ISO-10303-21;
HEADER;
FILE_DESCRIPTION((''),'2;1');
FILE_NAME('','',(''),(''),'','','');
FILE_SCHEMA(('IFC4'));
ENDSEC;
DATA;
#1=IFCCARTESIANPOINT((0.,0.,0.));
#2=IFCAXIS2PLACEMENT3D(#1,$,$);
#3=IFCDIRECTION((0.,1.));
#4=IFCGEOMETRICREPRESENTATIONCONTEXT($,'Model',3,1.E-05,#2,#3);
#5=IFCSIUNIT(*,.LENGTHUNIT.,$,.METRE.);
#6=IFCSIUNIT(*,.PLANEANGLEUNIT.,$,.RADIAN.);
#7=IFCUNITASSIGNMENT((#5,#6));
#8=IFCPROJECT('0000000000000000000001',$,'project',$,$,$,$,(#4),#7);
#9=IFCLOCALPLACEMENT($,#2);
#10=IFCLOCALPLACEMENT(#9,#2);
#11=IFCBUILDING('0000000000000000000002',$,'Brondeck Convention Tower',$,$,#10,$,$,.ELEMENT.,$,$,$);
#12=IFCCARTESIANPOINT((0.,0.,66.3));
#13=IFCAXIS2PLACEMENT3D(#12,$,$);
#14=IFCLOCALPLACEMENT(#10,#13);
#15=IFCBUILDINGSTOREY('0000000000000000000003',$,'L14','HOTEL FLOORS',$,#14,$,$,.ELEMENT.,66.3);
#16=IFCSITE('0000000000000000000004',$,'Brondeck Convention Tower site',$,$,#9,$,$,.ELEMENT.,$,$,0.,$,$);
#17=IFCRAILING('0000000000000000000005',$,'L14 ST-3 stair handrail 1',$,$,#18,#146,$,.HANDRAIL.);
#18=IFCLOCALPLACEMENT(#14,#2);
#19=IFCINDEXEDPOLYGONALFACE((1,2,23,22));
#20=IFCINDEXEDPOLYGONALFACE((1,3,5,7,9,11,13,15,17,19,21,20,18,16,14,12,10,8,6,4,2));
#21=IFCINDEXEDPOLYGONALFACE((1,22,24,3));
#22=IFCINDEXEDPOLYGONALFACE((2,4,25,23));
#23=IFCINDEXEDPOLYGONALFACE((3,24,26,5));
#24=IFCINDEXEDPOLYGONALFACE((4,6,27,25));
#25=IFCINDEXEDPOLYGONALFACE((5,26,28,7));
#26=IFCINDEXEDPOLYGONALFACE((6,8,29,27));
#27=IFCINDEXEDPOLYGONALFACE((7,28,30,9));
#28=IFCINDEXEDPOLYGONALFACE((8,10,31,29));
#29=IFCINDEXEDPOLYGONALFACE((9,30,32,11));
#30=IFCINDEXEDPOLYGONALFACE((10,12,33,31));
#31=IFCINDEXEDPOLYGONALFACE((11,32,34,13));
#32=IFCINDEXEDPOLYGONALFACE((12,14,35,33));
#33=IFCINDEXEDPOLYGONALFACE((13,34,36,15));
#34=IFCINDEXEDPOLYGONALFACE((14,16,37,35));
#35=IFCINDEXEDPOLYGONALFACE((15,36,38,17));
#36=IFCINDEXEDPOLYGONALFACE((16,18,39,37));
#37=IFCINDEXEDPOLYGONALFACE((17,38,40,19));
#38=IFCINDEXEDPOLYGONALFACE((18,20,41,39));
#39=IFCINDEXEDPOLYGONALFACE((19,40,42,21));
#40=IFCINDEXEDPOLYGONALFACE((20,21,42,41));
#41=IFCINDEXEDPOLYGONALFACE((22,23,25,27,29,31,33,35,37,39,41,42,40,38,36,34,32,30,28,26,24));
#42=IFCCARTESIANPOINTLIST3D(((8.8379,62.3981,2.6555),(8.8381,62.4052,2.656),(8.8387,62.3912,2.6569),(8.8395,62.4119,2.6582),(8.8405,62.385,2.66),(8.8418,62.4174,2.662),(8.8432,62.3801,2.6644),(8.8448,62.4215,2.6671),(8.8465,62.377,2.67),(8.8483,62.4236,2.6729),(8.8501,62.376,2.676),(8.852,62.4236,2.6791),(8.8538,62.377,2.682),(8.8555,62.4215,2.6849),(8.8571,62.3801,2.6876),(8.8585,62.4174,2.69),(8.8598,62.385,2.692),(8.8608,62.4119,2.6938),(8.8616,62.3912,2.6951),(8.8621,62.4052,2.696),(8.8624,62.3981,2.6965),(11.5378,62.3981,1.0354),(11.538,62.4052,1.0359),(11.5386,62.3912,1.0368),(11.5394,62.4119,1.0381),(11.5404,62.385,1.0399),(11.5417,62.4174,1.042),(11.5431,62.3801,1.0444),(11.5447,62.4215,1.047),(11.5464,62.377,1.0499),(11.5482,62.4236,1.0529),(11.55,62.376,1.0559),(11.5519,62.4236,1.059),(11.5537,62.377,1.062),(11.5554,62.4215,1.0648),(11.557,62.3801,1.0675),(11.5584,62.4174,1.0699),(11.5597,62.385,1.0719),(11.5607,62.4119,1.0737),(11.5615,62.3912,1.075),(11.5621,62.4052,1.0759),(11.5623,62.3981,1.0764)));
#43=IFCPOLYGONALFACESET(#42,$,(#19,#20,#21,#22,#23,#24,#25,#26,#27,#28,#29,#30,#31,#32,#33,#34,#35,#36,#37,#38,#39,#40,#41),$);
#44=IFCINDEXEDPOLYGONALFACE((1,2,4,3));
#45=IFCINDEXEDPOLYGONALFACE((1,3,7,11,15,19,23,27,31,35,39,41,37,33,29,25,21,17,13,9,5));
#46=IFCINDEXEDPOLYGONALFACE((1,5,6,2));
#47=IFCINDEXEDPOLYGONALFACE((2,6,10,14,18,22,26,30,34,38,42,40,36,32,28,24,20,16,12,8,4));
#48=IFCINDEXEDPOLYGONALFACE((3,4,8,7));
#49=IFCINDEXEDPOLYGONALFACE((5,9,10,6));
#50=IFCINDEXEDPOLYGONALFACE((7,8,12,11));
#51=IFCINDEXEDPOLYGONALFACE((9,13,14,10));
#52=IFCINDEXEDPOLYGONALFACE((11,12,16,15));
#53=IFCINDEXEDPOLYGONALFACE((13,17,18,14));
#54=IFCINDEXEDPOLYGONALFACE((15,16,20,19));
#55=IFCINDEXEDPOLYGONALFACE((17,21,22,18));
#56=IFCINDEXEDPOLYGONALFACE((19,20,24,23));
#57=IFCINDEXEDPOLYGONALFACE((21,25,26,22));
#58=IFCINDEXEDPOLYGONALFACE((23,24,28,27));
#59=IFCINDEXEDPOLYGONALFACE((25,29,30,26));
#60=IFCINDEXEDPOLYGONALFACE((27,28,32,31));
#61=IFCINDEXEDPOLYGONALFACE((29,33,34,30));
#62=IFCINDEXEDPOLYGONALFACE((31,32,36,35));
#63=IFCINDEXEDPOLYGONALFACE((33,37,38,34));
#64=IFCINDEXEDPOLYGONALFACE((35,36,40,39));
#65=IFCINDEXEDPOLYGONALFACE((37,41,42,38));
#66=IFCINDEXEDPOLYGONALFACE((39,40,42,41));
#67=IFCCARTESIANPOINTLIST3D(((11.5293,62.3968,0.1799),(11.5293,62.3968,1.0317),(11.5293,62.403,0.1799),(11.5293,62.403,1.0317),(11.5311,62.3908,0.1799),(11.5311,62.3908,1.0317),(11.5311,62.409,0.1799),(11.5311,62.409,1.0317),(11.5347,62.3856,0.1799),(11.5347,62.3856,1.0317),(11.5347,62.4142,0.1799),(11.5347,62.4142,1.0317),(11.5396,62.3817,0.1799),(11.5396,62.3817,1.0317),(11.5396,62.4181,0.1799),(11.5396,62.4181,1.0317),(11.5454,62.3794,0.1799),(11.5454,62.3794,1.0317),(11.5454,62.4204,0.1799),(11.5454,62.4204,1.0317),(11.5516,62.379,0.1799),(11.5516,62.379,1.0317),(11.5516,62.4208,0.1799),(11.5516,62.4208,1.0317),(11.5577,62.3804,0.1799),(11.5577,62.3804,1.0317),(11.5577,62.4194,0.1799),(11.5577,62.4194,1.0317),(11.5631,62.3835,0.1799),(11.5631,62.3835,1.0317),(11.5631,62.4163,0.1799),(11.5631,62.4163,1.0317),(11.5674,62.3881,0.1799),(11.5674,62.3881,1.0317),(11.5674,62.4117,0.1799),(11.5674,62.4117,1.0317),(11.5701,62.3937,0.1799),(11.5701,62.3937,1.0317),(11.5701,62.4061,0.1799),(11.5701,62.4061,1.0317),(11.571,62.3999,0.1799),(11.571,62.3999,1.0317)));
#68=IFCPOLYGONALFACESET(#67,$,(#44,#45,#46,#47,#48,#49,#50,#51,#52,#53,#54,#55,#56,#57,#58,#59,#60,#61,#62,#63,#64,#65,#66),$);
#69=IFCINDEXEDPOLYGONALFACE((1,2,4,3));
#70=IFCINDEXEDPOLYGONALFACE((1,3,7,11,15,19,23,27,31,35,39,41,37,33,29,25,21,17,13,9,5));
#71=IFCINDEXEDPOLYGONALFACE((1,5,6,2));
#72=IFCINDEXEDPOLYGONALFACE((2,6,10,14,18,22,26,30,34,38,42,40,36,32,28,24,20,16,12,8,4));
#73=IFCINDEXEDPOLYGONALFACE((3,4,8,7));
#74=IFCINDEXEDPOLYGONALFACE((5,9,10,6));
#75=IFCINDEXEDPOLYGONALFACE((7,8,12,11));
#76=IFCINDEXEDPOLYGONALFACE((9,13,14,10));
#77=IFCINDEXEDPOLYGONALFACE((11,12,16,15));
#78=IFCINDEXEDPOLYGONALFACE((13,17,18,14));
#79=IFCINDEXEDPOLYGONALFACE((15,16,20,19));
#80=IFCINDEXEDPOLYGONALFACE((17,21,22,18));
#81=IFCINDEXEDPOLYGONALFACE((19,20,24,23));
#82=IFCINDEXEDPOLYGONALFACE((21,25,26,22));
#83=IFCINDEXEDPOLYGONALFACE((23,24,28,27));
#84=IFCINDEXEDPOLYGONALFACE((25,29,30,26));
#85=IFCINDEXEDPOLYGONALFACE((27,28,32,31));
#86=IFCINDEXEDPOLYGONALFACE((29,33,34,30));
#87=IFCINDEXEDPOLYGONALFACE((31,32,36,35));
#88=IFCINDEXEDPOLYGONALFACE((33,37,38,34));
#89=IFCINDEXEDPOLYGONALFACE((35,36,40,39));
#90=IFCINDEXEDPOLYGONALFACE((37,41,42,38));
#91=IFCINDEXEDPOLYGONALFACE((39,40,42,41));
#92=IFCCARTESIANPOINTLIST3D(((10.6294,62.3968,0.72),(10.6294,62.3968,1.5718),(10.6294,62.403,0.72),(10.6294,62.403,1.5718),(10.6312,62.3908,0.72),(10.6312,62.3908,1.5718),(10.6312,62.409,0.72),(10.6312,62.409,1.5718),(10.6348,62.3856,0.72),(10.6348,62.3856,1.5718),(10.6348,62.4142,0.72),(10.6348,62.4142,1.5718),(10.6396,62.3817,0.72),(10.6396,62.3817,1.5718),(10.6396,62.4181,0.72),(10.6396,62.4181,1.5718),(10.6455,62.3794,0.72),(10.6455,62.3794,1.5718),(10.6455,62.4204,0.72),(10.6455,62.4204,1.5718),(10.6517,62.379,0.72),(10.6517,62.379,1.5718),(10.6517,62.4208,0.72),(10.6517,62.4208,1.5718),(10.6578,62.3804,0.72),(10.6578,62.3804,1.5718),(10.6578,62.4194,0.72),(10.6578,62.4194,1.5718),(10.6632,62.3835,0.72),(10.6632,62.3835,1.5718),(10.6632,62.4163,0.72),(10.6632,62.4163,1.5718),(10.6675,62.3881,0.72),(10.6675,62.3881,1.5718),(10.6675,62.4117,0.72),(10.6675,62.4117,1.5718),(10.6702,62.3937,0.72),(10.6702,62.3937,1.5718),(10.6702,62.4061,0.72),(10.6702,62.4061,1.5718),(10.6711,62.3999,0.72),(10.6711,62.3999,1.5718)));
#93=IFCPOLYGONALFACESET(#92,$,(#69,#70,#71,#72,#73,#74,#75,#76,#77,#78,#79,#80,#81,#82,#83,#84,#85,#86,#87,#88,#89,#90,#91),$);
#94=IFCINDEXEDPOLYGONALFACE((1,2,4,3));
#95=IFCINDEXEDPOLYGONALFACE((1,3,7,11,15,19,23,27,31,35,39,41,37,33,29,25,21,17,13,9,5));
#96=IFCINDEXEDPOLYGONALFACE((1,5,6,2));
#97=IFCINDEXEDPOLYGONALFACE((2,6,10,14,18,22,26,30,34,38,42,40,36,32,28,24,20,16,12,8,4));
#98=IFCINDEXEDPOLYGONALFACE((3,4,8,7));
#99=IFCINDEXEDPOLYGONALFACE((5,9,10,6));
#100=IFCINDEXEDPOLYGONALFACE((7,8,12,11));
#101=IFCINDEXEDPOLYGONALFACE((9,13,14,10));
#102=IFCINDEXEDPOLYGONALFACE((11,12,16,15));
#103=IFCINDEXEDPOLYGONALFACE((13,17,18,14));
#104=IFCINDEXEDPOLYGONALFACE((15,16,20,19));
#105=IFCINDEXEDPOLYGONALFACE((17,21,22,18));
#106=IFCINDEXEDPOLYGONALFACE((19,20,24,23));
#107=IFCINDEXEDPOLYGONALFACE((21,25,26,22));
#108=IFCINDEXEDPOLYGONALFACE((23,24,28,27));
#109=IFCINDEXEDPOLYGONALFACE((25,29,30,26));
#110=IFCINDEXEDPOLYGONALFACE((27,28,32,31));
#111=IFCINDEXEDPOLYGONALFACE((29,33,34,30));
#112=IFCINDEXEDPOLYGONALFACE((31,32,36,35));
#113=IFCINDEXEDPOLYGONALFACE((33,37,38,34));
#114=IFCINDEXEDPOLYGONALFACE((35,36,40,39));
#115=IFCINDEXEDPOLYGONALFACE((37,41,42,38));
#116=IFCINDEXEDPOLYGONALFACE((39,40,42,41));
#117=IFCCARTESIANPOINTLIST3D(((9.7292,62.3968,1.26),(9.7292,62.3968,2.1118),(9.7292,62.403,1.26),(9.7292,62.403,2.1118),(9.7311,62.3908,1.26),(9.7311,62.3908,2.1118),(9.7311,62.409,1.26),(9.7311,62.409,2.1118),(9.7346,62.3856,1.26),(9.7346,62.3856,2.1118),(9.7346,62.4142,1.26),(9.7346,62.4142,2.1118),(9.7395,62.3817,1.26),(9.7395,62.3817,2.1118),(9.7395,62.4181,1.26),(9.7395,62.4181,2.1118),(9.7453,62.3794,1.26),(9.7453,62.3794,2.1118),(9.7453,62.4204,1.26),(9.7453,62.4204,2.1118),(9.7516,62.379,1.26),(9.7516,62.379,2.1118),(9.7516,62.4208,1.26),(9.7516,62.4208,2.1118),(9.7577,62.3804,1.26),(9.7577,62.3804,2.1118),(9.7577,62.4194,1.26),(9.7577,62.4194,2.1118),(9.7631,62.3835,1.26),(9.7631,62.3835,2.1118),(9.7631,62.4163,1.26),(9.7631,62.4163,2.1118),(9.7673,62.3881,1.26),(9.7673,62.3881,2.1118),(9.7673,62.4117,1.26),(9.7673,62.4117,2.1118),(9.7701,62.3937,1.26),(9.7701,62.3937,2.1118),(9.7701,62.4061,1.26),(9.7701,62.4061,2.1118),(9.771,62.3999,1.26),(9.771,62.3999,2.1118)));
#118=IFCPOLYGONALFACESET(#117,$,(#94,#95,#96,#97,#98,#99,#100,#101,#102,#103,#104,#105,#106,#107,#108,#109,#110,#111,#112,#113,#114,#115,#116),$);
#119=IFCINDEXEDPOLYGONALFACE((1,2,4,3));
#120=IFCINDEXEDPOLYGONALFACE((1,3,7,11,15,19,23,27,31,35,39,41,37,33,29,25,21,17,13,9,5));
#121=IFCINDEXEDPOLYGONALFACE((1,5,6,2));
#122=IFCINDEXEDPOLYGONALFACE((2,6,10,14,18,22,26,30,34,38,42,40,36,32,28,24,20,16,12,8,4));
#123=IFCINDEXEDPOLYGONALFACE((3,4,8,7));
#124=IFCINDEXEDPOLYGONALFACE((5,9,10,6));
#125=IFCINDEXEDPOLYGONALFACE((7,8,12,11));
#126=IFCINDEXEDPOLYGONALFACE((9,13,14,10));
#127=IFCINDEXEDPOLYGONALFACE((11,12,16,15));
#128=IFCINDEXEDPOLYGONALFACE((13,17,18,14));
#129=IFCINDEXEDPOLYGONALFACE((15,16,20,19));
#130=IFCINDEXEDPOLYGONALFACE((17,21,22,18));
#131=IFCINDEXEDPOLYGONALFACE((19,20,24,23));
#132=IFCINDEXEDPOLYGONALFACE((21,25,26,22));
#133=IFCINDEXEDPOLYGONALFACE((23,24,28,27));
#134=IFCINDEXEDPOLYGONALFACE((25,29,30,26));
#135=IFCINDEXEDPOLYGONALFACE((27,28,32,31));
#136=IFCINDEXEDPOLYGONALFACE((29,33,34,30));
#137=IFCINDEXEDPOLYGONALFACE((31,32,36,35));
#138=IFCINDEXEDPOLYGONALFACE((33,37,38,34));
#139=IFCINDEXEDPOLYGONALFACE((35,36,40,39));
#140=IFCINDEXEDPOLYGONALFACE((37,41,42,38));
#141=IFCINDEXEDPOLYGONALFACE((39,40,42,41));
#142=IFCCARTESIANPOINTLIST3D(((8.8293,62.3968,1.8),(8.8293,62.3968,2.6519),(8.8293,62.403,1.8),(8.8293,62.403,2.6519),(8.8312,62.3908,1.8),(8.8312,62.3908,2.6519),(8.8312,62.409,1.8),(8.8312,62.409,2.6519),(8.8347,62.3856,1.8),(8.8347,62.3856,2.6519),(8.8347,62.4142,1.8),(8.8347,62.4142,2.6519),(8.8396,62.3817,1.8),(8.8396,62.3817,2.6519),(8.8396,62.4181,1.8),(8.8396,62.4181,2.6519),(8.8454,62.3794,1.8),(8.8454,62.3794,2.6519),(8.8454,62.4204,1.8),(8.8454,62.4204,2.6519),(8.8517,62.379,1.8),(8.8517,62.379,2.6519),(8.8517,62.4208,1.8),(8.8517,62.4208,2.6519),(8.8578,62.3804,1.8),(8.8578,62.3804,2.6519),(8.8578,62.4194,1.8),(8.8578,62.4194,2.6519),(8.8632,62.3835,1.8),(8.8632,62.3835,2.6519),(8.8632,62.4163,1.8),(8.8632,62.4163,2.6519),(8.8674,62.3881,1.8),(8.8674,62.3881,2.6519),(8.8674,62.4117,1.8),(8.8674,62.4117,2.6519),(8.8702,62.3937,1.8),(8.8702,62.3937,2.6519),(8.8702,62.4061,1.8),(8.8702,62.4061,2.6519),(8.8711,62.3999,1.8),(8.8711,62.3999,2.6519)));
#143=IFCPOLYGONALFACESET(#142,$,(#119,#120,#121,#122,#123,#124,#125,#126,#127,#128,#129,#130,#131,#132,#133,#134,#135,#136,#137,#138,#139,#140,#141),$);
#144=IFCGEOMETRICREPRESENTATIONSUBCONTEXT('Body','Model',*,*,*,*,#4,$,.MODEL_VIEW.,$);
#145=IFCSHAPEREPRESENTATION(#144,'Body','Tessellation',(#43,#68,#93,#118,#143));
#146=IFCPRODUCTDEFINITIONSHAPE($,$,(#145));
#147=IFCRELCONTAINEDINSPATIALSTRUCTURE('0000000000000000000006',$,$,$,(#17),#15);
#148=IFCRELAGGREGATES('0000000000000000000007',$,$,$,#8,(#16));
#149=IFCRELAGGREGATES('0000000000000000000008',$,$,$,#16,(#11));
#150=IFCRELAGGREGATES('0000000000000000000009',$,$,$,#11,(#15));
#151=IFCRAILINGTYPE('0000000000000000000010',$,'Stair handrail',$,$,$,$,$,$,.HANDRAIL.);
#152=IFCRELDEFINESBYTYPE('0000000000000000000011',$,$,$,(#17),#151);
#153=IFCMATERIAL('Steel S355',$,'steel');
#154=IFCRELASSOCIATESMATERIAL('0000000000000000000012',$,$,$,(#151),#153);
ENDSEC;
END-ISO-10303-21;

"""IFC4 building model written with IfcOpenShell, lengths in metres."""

from ifc_helpers import new_model, si_unit, direction, frame, origin, origin_2d, place, context, subcontext, project, spatial, circle, extrude, material, type_object, element, save


model = new_model("IFC4")

# Units and contexts
model_context = context("Model", 3, precision=1e-05, world=origin(), true_north=direction((0.0, 1.0)))
body_context = subcontext(model_context, "Body", "Model", "MODEL_VIEW")
ifc_project = project(units=[si_unit("LENGTHUNIT", "METRE"), si_unit("PLANEANGLEUNIT", "RADIAN")], contexts=[model_context])

# Site, building, storey
site_placement = place(None, origin())
site = spatial("IfcSite", under=ifc_project, at=site_placement, Name="Brondeck Convention Tower site", CompositionType="ELEMENT", RefElevation=0.0)
building_placement = place(site_placement, origin())
building = spatial("IfcBuilding", under=site, at=building_placement, Name="Brondeck Convention Tower", CompositionType="ELEMENT")
storey_placement = place(building_placement, frame((0.0, 0.0, 66.3)))
storey = spatial("IfcBuildingStorey", under=building, at=storey_placement, Name="L14", Description="HOTEL FLOORS", CompositionType="ELEMENT", Elevation=66.3)

# Railing
ifc_material_1 = material(Name="Steel S355", Category="steel")
railing_type_1 = type_object("IfcRailingType", Name="Stair handrail", PredefinedType="HANDRAIL", material=ifc_material_1)
railing_1_placement = place(storey_placement, frame((11.55, 62.3999, 0.1799)))
element("IfcRailing", 1, at=railing_1_placement, inside=storey, type_object=railing_type_1, Name="L14 ST-3 stair handrail 1", PredefinedType="HANDRAIL", context=body_context, shape_type="SweptSolid", body=[
    extrude(circle(Radius=0.0239, at=origin_2d()), frame((0.0, 0.0, 0.876), z_axis=(-0.857472, 0.0, 0.51453), x_axis=(0.0, -1.0, 0.0)), (0.0, 0.0, 1.0), 3.1487),
    extrude(circle(Radius=0.021, at=origin_2d()), origin(), (0.0, 0.0, 1.0), 0.8518),
    extrude(circle(Radius=0.021, at=origin_2d()), frame((-0.8999, 0.0, 0.54)), (0.0, 0.0, 1.0), 0.8518),
    extrude(circle(Radius=0.021, at=origin_2d()), frame((-1.8, 0.0, 1.0801)), (0.0, 0.0, 1.0), 0.8518),
    extrude(circle(Radius=0.021, at=origin_2d()), frame((-2.7, 0.0, 1.6201)), (0.0, 0.0, 1.0), 0.8518),
])

save(model, "model.ifc")
